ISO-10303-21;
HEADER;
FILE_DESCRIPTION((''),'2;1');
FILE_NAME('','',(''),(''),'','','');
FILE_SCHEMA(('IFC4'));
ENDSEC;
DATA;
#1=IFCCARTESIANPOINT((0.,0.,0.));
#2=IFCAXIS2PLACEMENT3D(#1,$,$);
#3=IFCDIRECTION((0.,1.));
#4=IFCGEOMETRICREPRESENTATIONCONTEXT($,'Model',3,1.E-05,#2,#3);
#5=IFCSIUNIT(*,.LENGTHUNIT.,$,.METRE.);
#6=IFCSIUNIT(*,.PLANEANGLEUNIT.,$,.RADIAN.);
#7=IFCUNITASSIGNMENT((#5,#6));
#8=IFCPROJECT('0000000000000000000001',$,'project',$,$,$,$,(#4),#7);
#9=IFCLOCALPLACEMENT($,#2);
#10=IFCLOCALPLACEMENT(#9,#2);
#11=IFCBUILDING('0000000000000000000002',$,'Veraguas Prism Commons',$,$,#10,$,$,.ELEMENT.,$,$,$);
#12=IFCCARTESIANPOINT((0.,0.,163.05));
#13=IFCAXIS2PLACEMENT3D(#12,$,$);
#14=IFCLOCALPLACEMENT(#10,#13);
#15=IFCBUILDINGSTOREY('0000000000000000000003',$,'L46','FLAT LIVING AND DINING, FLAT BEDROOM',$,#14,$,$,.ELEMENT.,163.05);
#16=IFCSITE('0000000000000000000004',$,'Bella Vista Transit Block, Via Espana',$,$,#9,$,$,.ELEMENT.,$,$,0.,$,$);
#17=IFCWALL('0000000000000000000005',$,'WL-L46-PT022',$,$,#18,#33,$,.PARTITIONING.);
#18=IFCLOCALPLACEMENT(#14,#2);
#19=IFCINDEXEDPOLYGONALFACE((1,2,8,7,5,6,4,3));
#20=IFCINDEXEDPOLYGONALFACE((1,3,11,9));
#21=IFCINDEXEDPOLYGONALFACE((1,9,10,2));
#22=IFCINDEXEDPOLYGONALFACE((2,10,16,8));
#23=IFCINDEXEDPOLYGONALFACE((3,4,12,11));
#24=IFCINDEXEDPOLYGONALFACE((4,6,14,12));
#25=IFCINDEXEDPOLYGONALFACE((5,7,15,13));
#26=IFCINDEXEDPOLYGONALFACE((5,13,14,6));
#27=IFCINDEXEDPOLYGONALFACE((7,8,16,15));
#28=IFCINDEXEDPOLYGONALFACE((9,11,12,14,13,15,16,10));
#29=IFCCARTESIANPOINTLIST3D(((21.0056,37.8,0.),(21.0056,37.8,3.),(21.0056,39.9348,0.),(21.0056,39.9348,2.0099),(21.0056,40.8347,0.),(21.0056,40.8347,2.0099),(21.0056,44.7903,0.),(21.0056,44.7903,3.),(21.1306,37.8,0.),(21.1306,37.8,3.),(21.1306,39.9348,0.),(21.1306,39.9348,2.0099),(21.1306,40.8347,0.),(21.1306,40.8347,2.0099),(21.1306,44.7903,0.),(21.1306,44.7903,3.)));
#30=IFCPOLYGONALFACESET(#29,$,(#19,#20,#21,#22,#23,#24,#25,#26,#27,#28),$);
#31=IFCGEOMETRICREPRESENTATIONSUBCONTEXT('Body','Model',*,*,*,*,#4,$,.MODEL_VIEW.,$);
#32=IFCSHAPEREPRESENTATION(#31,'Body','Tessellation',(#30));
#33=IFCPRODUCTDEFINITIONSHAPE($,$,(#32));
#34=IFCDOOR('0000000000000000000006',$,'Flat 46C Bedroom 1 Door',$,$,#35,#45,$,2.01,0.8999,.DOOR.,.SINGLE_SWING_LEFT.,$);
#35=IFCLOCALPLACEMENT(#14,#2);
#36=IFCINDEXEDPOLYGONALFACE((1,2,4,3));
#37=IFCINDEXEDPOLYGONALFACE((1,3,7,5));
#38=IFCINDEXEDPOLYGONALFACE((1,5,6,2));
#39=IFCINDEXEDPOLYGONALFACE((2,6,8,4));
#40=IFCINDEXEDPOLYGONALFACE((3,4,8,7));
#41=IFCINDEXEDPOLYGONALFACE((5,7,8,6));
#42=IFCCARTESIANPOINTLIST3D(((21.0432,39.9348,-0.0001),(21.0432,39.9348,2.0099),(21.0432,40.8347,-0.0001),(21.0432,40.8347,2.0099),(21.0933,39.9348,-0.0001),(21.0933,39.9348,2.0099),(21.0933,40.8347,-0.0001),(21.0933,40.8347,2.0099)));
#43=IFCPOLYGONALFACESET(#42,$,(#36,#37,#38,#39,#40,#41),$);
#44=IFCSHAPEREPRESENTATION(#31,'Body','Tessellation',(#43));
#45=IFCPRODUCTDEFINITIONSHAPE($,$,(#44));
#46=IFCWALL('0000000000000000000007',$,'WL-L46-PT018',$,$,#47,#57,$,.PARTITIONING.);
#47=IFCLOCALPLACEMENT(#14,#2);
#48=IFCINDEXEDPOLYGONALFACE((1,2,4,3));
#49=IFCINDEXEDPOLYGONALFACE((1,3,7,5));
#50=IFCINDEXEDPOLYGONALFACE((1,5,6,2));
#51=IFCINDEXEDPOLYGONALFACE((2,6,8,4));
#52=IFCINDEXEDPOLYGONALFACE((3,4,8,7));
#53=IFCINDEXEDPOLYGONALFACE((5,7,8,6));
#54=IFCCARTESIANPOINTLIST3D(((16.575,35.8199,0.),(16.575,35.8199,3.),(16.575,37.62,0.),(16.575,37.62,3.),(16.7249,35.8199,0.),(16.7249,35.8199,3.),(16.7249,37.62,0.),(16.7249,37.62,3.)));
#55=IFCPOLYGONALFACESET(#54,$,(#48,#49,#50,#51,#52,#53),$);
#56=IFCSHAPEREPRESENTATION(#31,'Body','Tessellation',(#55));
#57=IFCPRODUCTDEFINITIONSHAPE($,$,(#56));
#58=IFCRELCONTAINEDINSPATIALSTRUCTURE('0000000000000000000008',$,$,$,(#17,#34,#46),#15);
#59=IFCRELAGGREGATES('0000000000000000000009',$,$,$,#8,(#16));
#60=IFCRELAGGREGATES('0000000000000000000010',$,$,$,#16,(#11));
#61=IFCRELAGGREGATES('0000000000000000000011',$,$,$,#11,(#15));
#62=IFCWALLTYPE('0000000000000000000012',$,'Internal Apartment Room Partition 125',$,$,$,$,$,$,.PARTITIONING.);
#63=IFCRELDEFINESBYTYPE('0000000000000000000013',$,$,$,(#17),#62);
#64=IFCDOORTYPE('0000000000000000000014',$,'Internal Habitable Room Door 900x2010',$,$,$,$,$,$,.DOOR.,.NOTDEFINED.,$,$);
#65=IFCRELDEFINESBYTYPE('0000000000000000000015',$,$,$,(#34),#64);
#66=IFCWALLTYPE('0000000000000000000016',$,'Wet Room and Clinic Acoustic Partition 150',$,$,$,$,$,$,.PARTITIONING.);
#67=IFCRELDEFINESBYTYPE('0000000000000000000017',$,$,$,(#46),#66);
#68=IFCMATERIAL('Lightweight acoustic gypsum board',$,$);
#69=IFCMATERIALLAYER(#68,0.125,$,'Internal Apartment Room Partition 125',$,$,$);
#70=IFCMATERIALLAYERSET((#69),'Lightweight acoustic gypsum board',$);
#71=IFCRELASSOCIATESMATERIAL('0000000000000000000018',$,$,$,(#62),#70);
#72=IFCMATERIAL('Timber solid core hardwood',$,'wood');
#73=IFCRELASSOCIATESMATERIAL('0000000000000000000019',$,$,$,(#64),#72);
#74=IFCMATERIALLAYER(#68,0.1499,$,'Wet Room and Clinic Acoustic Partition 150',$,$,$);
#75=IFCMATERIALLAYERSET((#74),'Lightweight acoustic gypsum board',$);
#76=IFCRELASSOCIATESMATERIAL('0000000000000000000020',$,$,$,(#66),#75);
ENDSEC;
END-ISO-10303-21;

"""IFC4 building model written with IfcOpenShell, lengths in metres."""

from ifc_helpers import new_model, si_unit, direction, frame, frame_2d, origin, place, context, subcontext, project, spatial, rectangle, extrude, source, transform, mapped, material, layer, layer_set, type_object, element, fill, save


model = new_model("IFC4")

# Units and contexts
model_context = context("Model", 3, precision=1e-05, world=origin(), true_north=direction((0.0, 1.0)))
body_context = subcontext(model_context, "Body", "Model", "MODEL_VIEW")
ifc_project = project(units=[si_unit("LENGTHUNIT", "METRE"), si_unit("PLANEANGLEUNIT", "RADIAN")], contexts=[model_context])

# Site, building, storey
site_placement = place(None, origin())
site = spatial("IfcSite", under=ifc_project, at=site_placement, Name="Bella Vista Transit Block, Via Espana", CompositionType="ELEMENT", RefElevation=0.0)
building_placement = place(site_placement, origin())
building = spatial("IfcBuilding", under=site, at=building_placement, Name="Veraguas Prism Commons", CompositionType="ELEMENT")
storey_placement = place(building_placement, frame((0.0, 0.0, 163.05)))
storey = spatial("IfcBuildingStorey", under=building, at=storey_placement, Name="L46", Description="FLAT LIVING AND DINING, FLAT BEDROOM", CompositionType="ELEMENT", Elevation=163.05)

# Shared definitions
ifc_material_1 = material(Name="Lightweight acoustic gypsum board")
ifc_layer_1 = layer(ifc_material_1, 0.125, Name="Internal Apartment Room Partition 125")
ifc_layer_set_1 = layer_set([ifc_layer_1], Name="Lightweight acoustic gypsum board")
wall_type_1 = type_object("IfcWallType", Name="Internal Apartment Room Partition 125", PredefinedType="PARTITIONING", material=ifc_layer_set_1)
ifc_material_2 = material(Name="Timber solid core hardwood", Category="wood")
door_type_1 = type_object("IfcDoorType", Name="Internal Habitable Room Door 900x2010", OperationType="NOTDEFINED", PredefinedType="DOOR", material=ifc_material_2)
shared_shape_1 = source(origin(), body_context, "Body", "SweptSolid", [
    extrude(rectangle(XDim=0.8999, YDim=2.01, at=frame_2d((0.45, 1.0049))), frame((0.0, 0.0249, 0.0), z_axis=(0.0, -1.0, 0.0), x_axis=(1.0, 0.0, 0.0)), (0.0, 0.0, 1.0), 0.05),
])

# Wall, opening, door
wall_1_placement = place(storey_placement, frame((21.0681, 37.8, 0.0), z_axis=(0.0, 0.0, 1.0), x_axis=(0.0, 1.0, 0.0)))
wall_1 = element("IfcWall", 1, at=wall_1_placement, inside=storey, type_object=wall_type_1, Name="WL-L46-PT022", PredefinedType="PARTITIONING", context=body_context, shape_type="SweptSolid", body=[
    extrude(rectangle(XDim=6.9902, YDim=0.125, at=frame_2d((3.4951, 0.0))), origin(), (0.0, 0.0, 1.0), 3.0),
])
opening_1_placement = place(wall_1_placement, frame((2.1348, 0.0, 0.0)))
opening_1 = element("IfcOpeningElement", 2, at=opening_1_placement, cuts=wall_1, PredefinedType="OPENING", context=body_context, shape_type="SweptSolid", body=[
    extrude(rectangle(XDim=0.8999, YDim=2.01, at=frame_2d((0.45, 1.0049))), frame((0.0, 0.0725, 0.0), z_axis=(0.0, -1.0, 0.0), x_axis=(1.0, 0.0, 0.0)), (0.0, 0.0, 1.0), 0.145),
])
door_1_placement = place(opening_1_placement, origin())
door_1 = element("IfcDoor", 3, at=door_1_placement, inside=storey, type_object=door_type_1, Name="Flat 46C Bedroom 1 Door", OperationType="SINGLE_SWING_LEFT", OverallHeight=2.01, OverallWidth=0.8999, PredefinedType="DOOR", context=body_context, shape_type="MappedRepresentation", body=[
    mapped(shared_shape_1, transform((0.0, 0.0, 0.0), scale=1.0)),
])
fill(opening_1, door_1)

# Wall
ifc_layer_2 = layer(ifc_material_1, 0.1499, Name="Wet Room and Clinic Acoustic Partition 150")
ifc_layer_set_2 = layer_set([ifc_layer_2], Name="Lightweight acoustic gypsum board")
wall_type_2 = type_object("IfcWallType", Name="Wet Room and Clinic Acoustic Partition 150", PredefinedType="PARTITIONING", material=ifc_layer_set_2)
wall_2_placement = place(storey_placement, frame((16.6499, 35.8201, 0.0), z_axis=(0.0, 0.0, 1.0), x_axis=(0.0, 1.0, 0.0)))
element("IfcWall", 4, at=wall_2_placement, inside=storey, type_object=wall_type_2, Name="WL-L46-PT018", PredefinedType="PARTITIONING", context=body_context, shape_type="SweptSolid", body=[
    extrude(rectangle(XDim=1.8, YDim=0.1499, at=frame_2d((0.8999, 0.0))), origin(), (0.0, 0.0, 1.0), 3.0),
])

save(model, "model.ifc")
